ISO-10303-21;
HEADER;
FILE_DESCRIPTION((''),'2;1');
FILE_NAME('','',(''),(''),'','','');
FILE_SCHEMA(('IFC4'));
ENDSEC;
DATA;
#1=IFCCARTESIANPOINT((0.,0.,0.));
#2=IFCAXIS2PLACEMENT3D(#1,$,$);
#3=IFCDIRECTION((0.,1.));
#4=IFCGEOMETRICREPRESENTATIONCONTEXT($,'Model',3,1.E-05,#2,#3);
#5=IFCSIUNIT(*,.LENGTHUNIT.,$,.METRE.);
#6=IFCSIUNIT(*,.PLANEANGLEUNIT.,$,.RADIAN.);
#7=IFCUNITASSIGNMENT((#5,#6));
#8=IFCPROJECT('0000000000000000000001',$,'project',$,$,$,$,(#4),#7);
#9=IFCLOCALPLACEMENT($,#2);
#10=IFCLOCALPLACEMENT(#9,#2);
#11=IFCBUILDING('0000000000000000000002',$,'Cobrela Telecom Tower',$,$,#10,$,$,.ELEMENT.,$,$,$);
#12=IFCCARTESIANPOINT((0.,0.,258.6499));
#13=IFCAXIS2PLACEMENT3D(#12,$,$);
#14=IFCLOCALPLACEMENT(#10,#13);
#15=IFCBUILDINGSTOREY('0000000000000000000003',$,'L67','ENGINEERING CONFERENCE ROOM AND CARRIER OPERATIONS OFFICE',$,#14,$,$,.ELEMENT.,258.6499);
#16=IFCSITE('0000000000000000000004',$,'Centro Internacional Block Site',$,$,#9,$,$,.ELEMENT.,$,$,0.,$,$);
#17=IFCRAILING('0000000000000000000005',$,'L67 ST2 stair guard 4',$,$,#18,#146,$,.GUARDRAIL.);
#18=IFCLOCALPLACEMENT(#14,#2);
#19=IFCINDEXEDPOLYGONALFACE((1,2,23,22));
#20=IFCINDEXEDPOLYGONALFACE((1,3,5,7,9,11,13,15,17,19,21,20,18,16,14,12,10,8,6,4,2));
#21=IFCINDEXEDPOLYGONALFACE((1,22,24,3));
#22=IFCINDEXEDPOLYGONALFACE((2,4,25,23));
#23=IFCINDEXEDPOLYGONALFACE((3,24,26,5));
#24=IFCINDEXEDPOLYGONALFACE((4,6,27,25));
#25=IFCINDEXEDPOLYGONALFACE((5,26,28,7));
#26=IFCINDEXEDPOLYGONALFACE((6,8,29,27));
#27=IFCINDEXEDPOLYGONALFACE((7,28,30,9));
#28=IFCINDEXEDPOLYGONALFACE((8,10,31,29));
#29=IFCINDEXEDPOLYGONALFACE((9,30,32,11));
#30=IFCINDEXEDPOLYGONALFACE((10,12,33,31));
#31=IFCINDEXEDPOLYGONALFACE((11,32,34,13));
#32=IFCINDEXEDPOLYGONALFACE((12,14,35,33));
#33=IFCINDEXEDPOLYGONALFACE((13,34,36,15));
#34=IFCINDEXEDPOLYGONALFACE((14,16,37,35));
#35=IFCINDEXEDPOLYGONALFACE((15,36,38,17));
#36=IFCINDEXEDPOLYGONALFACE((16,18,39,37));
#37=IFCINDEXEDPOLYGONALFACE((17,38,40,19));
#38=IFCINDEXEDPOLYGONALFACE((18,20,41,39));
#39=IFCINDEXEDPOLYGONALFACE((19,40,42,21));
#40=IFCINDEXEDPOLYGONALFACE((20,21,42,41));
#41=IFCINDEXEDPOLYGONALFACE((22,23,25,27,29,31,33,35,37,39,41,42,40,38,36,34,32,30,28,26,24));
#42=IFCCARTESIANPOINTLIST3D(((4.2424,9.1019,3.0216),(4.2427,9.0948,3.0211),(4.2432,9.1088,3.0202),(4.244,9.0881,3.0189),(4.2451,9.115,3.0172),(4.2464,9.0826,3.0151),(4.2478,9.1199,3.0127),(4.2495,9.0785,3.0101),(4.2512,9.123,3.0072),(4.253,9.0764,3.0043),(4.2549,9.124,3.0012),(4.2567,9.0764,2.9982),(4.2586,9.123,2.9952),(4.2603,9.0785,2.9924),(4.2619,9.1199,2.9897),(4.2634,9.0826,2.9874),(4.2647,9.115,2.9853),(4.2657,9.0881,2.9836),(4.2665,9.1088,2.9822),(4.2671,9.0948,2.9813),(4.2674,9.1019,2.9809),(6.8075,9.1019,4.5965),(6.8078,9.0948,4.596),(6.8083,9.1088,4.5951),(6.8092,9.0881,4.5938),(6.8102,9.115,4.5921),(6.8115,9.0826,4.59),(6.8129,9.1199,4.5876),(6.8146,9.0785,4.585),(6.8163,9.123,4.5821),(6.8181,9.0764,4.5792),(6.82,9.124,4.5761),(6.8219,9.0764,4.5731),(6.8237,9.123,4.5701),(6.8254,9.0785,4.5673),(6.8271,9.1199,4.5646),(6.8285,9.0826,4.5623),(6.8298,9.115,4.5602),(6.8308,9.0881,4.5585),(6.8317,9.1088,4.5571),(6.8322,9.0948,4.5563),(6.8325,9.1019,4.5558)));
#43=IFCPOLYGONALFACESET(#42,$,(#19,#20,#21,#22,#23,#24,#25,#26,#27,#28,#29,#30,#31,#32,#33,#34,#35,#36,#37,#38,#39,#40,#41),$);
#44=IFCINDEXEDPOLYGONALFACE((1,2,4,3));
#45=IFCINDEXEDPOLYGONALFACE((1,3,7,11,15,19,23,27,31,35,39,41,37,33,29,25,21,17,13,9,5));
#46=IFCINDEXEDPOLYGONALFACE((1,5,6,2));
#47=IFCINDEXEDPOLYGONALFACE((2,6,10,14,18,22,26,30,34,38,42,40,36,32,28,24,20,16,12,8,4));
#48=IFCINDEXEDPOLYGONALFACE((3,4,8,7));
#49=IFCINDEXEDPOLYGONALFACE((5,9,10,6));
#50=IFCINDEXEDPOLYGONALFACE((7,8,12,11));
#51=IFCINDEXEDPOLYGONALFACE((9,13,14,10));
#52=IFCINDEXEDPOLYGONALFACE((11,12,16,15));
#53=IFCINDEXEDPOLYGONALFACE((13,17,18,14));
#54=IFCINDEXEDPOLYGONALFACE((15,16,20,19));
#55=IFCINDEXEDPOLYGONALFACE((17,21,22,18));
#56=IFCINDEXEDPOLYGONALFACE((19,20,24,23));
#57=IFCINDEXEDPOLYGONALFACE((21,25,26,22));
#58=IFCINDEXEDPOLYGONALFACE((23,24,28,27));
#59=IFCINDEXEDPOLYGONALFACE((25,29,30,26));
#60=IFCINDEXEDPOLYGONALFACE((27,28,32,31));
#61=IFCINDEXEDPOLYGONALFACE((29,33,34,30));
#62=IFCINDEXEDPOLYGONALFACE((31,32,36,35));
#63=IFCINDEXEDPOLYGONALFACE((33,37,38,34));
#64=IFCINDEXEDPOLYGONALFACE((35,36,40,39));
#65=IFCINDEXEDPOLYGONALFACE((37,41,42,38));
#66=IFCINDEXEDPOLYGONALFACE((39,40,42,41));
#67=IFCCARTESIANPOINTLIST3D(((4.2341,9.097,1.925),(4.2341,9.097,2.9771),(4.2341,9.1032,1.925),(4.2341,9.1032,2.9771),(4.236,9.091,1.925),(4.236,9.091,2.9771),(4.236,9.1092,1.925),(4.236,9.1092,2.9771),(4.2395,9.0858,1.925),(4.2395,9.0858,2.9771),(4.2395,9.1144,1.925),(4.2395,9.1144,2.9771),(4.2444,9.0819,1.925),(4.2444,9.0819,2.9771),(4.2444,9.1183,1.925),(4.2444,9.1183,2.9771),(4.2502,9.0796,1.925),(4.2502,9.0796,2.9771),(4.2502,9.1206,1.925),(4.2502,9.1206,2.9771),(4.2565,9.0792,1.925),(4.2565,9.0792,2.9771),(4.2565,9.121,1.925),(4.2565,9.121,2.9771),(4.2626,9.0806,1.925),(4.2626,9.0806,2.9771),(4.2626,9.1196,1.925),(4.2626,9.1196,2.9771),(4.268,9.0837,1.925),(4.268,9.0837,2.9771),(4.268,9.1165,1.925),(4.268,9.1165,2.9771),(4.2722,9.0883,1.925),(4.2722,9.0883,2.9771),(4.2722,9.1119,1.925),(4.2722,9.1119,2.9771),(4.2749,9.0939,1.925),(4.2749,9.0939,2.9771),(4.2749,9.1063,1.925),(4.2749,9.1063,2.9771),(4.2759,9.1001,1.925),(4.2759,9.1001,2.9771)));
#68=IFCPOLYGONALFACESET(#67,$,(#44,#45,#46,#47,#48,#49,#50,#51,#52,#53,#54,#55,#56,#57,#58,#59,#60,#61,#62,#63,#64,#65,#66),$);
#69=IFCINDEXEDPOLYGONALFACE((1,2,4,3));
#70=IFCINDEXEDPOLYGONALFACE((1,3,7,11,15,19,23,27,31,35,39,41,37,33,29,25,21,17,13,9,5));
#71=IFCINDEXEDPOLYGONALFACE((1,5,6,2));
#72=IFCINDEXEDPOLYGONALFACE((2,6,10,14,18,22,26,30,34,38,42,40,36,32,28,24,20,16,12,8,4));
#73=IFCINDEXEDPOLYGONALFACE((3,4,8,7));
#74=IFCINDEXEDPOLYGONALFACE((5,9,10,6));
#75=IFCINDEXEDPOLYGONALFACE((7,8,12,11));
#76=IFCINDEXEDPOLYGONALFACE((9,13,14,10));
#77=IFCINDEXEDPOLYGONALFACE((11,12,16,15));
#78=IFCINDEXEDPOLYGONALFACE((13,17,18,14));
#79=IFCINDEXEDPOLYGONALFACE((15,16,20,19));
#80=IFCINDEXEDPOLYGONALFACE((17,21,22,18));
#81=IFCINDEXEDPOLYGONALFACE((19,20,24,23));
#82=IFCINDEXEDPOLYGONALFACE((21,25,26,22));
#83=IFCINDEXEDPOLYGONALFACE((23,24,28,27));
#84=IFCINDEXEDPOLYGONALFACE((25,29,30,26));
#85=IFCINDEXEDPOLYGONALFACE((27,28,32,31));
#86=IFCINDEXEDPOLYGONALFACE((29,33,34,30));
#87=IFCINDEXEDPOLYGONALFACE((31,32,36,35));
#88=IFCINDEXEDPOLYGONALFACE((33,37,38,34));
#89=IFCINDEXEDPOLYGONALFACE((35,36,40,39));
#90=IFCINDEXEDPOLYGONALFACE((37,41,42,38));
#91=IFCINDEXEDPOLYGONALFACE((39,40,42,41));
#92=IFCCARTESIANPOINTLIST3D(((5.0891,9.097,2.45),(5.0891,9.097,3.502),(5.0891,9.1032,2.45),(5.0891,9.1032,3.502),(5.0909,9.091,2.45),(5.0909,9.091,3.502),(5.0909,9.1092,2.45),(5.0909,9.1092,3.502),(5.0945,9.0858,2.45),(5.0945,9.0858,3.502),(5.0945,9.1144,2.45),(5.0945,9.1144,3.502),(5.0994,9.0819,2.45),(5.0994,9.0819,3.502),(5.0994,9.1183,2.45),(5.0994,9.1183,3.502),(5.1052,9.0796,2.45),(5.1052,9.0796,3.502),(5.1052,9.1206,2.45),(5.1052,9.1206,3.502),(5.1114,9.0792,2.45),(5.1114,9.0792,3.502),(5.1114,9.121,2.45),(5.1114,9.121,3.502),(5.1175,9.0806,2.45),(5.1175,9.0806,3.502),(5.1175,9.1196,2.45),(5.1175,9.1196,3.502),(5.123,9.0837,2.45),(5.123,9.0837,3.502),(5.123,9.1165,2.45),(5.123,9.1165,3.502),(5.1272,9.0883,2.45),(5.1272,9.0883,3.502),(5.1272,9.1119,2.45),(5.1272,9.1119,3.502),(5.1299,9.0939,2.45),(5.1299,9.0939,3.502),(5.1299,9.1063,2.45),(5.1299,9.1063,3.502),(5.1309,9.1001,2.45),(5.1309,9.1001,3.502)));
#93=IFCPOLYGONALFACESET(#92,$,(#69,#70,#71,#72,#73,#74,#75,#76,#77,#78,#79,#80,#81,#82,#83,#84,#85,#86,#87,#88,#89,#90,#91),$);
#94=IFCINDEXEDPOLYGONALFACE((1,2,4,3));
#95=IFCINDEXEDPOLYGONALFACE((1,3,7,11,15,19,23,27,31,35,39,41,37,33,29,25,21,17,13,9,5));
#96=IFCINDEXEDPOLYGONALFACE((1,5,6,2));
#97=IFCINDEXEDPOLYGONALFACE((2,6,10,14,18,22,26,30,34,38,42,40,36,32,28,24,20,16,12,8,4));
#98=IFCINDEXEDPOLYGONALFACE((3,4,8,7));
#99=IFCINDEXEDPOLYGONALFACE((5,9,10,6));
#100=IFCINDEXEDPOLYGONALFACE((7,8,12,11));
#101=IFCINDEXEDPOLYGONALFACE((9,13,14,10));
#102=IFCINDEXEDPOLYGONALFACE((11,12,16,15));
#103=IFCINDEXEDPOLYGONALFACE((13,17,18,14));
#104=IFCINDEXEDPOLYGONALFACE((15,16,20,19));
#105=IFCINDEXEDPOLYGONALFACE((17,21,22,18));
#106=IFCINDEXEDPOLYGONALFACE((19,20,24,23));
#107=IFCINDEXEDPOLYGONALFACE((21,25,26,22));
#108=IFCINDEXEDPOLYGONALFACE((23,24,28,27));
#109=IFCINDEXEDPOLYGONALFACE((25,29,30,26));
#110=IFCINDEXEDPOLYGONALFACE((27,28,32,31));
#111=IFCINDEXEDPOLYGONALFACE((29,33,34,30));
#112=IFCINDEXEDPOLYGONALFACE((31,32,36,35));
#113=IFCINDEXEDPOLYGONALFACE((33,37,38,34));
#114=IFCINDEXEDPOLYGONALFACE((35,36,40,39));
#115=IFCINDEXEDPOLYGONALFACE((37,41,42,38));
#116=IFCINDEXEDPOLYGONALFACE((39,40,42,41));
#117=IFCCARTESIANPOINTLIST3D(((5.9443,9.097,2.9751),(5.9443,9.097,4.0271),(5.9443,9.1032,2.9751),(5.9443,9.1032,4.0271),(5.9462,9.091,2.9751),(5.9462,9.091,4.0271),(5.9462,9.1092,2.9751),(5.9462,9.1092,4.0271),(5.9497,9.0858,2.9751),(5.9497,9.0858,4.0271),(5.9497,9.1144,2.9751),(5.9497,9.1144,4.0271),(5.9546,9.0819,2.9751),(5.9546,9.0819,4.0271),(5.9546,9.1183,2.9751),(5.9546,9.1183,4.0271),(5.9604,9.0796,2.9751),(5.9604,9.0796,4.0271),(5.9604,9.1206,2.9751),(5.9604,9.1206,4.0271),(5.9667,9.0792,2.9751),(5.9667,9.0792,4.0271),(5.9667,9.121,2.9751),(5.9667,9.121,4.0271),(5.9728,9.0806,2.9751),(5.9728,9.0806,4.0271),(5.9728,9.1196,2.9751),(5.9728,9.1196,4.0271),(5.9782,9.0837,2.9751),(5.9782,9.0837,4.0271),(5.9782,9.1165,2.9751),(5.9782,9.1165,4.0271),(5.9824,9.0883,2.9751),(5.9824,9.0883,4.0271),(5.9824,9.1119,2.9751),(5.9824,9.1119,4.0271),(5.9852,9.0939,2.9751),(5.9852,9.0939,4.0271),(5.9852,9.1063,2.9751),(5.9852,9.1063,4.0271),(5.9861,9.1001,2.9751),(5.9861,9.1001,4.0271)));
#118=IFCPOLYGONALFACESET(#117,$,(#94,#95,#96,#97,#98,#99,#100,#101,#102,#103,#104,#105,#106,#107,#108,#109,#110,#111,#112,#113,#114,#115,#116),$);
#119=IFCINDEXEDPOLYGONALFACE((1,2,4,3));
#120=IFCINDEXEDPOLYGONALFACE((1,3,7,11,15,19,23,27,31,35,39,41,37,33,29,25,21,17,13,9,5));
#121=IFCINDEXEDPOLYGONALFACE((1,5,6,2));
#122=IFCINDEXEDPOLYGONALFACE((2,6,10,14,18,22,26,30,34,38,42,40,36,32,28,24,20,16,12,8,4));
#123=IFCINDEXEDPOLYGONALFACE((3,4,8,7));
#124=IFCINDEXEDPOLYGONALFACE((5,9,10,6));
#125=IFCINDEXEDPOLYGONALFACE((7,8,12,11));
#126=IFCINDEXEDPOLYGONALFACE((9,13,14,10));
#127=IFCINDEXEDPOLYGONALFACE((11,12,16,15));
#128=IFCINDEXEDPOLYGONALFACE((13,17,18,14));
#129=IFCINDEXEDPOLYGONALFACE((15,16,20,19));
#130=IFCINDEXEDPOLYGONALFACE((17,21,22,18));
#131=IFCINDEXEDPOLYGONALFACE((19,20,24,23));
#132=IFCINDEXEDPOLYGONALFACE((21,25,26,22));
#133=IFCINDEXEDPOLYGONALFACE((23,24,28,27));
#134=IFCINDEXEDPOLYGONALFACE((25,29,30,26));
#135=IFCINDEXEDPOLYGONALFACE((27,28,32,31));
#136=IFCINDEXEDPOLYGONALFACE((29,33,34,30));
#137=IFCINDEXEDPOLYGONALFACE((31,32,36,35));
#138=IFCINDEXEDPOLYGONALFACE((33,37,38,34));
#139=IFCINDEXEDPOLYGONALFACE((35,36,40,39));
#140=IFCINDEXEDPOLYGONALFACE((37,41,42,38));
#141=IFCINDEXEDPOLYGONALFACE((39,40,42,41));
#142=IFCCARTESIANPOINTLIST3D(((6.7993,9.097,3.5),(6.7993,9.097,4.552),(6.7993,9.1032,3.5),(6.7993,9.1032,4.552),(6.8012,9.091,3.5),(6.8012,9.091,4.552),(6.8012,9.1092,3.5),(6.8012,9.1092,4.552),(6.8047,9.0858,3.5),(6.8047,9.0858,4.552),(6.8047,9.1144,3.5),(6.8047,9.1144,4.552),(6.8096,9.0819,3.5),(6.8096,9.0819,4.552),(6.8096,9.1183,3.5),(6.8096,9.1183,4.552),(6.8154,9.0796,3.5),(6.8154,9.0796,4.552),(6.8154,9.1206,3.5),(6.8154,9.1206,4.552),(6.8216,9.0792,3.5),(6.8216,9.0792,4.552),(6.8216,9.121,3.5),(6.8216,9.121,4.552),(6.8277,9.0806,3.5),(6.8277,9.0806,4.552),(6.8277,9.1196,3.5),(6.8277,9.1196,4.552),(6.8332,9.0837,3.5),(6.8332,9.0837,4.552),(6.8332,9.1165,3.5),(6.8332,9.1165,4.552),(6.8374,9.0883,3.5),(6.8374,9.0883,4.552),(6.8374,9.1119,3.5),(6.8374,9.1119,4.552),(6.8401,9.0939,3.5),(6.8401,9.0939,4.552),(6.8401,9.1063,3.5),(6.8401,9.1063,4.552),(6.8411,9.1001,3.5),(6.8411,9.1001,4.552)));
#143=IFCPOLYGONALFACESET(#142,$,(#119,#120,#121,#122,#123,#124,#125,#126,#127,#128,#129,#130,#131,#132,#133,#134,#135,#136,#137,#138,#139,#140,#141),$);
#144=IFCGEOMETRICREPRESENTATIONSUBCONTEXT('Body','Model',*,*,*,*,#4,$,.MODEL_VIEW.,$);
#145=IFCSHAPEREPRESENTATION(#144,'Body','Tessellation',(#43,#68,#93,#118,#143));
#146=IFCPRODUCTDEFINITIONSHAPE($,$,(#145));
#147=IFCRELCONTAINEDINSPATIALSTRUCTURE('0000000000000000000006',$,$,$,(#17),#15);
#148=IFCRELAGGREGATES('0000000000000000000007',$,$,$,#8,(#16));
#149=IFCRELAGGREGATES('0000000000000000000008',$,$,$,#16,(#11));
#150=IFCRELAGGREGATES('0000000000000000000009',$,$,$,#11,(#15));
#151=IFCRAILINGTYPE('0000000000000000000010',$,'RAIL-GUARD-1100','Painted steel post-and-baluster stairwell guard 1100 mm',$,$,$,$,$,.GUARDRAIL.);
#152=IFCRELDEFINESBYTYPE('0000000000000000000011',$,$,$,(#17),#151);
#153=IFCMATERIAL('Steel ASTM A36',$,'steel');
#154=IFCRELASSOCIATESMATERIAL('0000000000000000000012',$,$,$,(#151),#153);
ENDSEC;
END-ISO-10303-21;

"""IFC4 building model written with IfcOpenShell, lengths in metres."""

from ifc_helpers import new_model, si_unit, direction, frame, origin, origin_2d, place, context, subcontext, project, spatial, circle, extrude, material, type_object, element, save


model = new_model("IFC4")

# Units and contexts
model_context = context("Model", 3, precision=1e-05, world=origin(), true_north=direction((0.0, 1.0)))
body_context = subcontext(model_context, "Body", "Model", "MODEL_VIEW")
ifc_project = project(units=[si_unit("LENGTHUNIT", "METRE"), si_unit("PLANEANGLEUNIT", "RADIAN")], contexts=[model_context])

# Site, building, storey
site_placement = place(None, origin())
site = spatial("IfcSite", under=ifc_project, at=site_placement, Name="Centro Internacional Block Site", CompositionType="ELEMENT", RefElevation=0.0)
building_placement = place(site_placement, origin())
building = spatial("IfcBuilding", under=site, at=building_placement, Name="Cobrela Telecom Tower", CompositionType="ELEMENT")
storey_placement = place(building_placement, frame((0.0, 0.0, 258.6499)))
storey = spatial("IfcBuildingStorey", under=building, at=storey_placement, Name="L67", Description="ENGINEERING CONFERENCE ROOM AND CARRIER OPERATIONS OFFICE", CompositionType="ELEMENT", Elevation=258.6499)

# Railing
ifc_material_1 = material(Name="Steel ASTM A36", Category="steel")
railing_type_1 = type_object("IfcRailingType", Name="RAIL-GUARD-1100", Description="Painted steel post-and-baluster stairwell guard 1100 mm", PredefinedType="GUARDRAIL", material=ifc_material_1)
railing_1_placement = place(storey_placement, frame((4.2549, 9.1001, 1.925)))
element("IfcRailing", 1, at=railing_1_placement, inside=storey, type_object=railing_type_1, Name="L67 ST2 stair guard 4", PredefinedType="GUARDRAIL", context=body_context, shape_type="SweptSolid", body=[
    extrude(circle(Radius=0.0239, at=origin_2d()), frame((0.0, 0.0, 1.0762), z_axis=(0.852195, 0.0, 0.523224), x_axis=(0.0, 1.0, 0.0)), (0.0, 0.0, 1.0), 3.01),
    extrude(circle(Radius=0.021, at=origin_2d()), origin(), (0.0, 0.0, 1.0), 1.052),
    extrude(circle(Radius=0.021, at=origin_2d()), frame((0.855, 0.0, 0.5249)), (0.0, 0.0, 1.0), 1.052),
    extrude(circle(Radius=0.021, at=origin_2d()), frame((1.7102, 0.0, 1.05)), (0.0, 0.0, 1.0), 1.052),
    extrude(circle(Radius=0.021, at=origin_2d()), frame((2.5652, 0.0, 1.575)), (0.0, 0.0, 1.0), 1.052),
])

save(model, "model.ifc")
